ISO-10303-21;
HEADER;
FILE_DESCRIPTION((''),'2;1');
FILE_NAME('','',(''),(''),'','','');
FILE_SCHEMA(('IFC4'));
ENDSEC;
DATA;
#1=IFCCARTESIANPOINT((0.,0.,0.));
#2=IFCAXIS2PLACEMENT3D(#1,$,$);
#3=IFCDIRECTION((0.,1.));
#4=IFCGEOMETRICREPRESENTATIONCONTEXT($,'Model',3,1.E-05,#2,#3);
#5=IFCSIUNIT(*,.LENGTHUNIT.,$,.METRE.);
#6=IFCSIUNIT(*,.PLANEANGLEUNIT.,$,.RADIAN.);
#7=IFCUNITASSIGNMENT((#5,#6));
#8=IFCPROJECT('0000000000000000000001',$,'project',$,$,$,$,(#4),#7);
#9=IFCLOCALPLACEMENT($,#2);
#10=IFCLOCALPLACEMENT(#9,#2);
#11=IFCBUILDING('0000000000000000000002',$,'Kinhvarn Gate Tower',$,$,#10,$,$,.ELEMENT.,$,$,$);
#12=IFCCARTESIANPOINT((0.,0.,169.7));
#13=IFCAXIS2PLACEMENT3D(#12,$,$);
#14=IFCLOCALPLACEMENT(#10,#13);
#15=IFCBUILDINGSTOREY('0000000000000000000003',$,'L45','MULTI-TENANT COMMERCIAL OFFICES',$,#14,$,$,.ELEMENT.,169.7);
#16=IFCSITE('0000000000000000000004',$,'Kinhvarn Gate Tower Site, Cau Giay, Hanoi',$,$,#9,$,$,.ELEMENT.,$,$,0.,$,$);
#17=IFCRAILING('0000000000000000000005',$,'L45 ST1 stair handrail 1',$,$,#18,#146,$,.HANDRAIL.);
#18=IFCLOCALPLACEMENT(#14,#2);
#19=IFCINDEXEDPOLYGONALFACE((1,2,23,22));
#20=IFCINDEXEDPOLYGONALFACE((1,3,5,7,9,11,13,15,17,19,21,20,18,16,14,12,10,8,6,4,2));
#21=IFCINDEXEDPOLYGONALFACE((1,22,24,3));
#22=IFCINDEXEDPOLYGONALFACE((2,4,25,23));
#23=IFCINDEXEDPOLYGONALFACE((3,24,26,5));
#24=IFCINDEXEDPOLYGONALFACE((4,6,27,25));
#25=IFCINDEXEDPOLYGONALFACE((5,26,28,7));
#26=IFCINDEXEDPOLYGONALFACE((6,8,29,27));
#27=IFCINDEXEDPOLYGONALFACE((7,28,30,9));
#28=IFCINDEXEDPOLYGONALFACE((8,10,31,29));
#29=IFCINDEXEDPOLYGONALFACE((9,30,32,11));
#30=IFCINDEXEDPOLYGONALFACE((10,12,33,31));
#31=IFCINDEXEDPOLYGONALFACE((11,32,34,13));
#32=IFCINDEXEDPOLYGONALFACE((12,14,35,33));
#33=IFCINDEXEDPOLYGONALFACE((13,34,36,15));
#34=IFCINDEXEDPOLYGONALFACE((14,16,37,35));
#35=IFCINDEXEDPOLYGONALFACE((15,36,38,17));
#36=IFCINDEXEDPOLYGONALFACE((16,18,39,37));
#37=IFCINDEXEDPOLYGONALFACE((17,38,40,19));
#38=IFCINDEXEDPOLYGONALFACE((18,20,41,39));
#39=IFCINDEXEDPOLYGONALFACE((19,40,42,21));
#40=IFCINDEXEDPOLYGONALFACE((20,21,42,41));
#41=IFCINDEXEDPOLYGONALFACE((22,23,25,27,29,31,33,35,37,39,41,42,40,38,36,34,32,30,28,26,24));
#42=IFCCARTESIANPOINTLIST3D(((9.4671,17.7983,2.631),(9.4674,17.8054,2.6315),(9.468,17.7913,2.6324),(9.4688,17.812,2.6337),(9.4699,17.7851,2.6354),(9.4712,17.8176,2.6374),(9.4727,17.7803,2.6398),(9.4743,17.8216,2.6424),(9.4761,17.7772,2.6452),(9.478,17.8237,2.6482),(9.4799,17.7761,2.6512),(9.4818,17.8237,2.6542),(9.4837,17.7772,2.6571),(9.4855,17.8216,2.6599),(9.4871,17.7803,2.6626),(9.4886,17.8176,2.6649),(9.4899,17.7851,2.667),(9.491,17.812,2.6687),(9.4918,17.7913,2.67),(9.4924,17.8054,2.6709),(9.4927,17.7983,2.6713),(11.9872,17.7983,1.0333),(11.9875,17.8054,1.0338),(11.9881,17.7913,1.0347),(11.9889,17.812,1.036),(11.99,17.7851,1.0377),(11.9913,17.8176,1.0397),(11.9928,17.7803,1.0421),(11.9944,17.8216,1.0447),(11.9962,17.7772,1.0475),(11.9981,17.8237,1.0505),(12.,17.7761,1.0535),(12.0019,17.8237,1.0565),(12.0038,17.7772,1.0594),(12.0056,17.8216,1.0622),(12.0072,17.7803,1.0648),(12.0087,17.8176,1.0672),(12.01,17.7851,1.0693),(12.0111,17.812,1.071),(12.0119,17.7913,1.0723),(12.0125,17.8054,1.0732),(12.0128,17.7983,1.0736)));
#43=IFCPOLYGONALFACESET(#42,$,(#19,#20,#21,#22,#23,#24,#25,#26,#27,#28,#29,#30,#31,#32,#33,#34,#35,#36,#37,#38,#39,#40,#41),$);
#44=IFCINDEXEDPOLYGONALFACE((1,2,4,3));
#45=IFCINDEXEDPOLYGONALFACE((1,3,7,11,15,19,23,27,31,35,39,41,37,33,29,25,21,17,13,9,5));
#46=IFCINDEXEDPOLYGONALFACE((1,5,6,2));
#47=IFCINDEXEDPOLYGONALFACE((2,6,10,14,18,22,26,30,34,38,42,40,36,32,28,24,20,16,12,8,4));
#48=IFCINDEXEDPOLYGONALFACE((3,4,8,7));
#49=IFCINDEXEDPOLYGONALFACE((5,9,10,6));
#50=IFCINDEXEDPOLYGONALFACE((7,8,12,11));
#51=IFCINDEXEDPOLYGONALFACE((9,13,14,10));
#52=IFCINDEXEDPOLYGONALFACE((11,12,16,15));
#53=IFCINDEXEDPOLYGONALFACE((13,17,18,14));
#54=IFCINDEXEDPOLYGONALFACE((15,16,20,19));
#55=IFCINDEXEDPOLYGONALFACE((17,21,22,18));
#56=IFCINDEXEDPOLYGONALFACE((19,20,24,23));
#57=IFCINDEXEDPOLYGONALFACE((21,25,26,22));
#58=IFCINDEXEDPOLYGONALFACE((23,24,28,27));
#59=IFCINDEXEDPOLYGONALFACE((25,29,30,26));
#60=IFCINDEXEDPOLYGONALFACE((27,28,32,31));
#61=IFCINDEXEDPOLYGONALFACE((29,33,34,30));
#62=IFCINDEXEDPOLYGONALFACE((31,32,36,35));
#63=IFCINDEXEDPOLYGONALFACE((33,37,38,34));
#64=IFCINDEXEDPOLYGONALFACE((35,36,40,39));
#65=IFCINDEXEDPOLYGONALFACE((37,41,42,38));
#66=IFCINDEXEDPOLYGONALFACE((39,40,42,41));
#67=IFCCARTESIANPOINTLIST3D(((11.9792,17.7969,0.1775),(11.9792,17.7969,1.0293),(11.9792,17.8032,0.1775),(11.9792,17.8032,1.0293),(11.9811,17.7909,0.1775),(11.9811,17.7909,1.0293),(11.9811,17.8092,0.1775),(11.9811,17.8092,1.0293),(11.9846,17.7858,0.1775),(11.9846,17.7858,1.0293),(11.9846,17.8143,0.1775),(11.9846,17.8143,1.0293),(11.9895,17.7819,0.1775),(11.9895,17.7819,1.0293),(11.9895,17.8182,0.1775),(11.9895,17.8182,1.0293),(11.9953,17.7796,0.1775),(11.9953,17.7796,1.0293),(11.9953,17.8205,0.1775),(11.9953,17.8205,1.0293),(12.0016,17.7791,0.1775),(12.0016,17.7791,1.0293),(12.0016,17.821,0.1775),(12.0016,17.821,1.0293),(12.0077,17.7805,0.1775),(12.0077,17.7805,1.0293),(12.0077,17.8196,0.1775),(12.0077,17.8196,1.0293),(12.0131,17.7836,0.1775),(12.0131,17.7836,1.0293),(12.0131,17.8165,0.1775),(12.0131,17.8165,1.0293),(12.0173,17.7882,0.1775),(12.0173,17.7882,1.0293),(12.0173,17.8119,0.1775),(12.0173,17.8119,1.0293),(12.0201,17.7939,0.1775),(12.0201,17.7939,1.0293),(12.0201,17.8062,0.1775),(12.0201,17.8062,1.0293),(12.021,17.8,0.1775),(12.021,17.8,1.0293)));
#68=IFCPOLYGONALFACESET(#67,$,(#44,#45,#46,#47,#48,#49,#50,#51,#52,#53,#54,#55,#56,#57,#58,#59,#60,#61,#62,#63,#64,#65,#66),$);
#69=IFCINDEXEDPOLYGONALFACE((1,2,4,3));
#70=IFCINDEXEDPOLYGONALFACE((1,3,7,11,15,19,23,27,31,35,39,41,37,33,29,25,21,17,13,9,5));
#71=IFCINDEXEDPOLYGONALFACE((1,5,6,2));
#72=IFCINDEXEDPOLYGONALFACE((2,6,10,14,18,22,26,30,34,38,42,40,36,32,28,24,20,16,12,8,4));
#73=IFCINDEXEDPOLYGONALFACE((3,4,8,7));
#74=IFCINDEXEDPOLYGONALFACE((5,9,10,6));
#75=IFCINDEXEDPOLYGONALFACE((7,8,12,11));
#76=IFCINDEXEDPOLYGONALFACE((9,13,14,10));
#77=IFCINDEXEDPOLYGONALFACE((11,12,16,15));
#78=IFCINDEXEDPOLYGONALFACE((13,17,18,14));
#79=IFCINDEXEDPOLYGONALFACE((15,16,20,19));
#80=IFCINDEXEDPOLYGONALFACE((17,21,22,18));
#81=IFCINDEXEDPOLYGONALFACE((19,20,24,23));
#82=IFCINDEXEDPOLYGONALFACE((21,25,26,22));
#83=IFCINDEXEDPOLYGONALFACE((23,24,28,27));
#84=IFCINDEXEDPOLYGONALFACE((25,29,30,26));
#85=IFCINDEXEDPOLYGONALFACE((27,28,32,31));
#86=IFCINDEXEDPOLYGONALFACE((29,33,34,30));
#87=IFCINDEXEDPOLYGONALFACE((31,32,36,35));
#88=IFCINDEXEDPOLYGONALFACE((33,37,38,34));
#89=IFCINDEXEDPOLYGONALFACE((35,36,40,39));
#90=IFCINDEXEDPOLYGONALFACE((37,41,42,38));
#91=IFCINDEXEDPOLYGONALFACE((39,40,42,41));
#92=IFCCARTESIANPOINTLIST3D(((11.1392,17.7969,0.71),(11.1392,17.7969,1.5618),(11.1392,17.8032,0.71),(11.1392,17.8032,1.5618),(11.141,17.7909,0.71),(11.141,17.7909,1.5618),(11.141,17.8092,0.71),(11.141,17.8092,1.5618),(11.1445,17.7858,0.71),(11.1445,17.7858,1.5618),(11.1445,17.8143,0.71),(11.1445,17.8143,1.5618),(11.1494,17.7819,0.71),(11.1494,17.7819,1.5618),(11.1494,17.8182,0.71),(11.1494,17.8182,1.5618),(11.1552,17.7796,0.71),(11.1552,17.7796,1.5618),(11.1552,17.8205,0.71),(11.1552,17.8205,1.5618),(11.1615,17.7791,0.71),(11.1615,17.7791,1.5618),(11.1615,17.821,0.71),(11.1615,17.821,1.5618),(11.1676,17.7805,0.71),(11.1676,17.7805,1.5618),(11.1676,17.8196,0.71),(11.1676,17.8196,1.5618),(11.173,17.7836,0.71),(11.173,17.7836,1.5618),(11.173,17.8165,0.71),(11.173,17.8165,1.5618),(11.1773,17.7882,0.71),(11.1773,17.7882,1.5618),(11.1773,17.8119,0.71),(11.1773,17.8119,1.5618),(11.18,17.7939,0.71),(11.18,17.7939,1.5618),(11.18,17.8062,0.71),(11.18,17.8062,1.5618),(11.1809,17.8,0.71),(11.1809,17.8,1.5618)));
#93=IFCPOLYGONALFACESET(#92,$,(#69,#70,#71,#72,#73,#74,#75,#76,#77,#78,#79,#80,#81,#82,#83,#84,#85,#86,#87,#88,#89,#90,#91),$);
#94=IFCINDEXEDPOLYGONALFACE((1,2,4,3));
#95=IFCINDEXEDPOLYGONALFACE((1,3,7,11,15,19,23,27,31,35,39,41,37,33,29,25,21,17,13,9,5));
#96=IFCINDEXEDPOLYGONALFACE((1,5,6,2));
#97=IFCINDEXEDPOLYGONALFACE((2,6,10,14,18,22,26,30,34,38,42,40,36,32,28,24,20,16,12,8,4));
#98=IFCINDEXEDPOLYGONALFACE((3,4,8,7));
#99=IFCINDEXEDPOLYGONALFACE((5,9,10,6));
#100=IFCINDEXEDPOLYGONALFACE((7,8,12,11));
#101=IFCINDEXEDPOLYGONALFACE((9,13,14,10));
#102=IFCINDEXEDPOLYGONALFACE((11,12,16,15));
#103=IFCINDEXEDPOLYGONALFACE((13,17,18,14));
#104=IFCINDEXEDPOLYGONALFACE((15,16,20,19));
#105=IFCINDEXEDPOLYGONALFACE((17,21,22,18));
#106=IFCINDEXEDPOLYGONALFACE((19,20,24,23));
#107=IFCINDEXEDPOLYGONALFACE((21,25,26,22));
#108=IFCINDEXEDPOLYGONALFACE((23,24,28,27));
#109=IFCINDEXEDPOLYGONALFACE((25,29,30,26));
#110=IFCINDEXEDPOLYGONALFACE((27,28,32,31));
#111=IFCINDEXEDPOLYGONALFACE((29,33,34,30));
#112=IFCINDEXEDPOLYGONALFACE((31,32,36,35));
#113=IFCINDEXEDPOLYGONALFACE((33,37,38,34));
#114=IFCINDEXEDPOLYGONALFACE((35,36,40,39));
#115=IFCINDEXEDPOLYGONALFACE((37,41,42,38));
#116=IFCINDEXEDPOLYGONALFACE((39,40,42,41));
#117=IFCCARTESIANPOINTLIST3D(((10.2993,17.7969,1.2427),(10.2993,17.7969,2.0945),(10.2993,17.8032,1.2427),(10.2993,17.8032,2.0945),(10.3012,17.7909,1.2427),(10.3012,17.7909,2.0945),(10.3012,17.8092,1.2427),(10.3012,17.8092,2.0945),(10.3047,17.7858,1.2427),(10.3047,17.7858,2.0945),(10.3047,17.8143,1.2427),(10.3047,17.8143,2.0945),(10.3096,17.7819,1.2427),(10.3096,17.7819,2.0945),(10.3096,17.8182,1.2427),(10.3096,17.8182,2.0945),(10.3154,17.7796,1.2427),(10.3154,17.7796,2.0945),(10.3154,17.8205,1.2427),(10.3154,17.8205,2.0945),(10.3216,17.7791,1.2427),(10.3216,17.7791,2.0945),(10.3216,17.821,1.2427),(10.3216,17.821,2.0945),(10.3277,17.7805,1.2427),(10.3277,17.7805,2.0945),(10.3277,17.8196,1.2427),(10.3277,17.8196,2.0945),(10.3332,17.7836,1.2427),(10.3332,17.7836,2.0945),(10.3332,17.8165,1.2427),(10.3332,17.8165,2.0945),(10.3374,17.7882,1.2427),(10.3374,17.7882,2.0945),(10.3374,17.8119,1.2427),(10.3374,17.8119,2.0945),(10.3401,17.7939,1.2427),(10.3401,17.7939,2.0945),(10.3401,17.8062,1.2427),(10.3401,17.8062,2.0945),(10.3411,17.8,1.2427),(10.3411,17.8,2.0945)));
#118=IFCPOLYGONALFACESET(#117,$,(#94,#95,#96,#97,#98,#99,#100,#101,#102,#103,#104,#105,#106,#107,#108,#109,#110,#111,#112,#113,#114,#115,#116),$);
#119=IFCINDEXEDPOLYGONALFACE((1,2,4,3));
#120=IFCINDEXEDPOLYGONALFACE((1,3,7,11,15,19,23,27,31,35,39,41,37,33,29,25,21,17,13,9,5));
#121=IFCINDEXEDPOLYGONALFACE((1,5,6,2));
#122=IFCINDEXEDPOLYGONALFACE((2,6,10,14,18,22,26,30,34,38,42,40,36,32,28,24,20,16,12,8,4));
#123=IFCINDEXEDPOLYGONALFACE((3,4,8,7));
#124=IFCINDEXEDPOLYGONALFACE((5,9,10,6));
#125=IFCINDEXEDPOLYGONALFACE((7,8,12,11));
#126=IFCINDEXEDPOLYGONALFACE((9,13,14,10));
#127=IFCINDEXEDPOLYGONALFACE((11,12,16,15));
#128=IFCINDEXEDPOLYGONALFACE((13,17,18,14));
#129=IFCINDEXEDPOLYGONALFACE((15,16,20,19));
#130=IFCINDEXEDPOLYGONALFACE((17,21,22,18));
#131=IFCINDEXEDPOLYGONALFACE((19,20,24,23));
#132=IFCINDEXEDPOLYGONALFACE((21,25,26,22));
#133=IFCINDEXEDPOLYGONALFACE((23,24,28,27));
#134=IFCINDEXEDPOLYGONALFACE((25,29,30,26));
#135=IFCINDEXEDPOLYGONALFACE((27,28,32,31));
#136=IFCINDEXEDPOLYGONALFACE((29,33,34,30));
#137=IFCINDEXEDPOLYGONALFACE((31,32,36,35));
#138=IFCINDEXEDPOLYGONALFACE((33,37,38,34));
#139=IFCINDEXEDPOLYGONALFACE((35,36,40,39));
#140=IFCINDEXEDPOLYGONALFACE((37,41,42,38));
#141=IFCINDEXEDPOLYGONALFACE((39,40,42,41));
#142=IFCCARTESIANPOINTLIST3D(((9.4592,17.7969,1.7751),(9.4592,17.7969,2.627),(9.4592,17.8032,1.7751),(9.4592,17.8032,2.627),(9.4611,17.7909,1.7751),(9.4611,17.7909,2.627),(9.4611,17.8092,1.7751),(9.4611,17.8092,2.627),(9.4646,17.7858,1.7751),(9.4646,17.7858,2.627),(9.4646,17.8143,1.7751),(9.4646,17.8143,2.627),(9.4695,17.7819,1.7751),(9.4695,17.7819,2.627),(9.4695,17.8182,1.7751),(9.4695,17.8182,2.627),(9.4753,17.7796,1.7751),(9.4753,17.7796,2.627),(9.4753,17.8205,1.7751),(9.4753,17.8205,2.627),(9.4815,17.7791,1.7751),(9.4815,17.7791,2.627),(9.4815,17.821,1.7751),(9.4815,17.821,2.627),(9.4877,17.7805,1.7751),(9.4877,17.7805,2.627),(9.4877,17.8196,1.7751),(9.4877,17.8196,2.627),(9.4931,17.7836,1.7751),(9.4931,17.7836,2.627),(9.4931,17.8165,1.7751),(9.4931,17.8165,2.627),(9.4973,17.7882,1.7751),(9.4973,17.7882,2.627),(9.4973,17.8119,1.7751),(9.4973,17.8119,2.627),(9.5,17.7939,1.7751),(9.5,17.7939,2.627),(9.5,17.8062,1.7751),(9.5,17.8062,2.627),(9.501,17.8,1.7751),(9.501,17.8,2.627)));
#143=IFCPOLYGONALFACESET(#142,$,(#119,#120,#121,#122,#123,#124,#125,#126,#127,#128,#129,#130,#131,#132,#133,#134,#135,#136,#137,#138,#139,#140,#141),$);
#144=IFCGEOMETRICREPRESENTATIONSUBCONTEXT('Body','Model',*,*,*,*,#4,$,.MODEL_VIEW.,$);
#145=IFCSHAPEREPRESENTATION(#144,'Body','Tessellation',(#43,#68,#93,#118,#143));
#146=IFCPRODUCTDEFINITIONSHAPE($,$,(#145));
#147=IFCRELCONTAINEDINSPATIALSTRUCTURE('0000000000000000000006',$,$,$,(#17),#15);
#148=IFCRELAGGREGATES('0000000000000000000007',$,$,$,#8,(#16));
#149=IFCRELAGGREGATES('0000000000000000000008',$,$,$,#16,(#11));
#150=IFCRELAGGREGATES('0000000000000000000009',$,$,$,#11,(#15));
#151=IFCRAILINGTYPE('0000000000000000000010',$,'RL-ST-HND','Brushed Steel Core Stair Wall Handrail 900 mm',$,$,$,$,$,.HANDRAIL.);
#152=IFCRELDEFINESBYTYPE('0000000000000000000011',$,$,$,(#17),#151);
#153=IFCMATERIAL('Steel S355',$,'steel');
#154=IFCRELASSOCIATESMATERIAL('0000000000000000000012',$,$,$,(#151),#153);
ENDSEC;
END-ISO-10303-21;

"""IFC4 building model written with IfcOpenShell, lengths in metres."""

from ifc_helpers import new_model, si_unit, direction, frame, origin, origin_2d, place, context, subcontext, project, spatial, circle, extrude, material, type_object, element, save


model = new_model("IFC4")

# Units and contexts
model_context = context("Model", 3, precision=1e-05, world=origin(), true_north=direction((0.0, 1.0)))
body_context = subcontext(model_context, "Body", "Model", "MODEL_VIEW")
ifc_project = project(units=[si_unit("LENGTHUNIT", "METRE"), si_unit("PLANEANGLEUNIT", "RADIAN")], contexts=[model_context])

# Site, building, storey
site_placement = place(None, origin())
site = spatial("IfcSite", under=ifc_project, at=site_placement, Name="Kinhvarn Gate Tower Site, Cau Giay, Hanoi", CompositionType="ELEMENT", RefElevation=0.0)
building_placement = place(site_placement, origin())
building = spatial("IfcBuilding", under=site, at=building_placement, Name="Kinhvarn Gate Tower", CompositionType="ELEMENT")
storey_placement = place(building_placement, frame((0.0, 0.0, 169.7)))
storey = spatial("IfcBuildingStorey", under=building, at=storey_placement, Name="L45", Description="MULTI-TENANT COMMERCIAL OFFICES", CompositionType="ELEMENT", Elevation=169.7)

# Shared definitions
ifc_material_1 = material(Name="Steel S355", Category="steel")

# Railing
railing_type_1 = type_object("IfcRailingType", Name="RL-ST-HND", Description="Brushed Steel Core Stair Wall Handrail 900 mm", PredefinedType="HANDRAIL", material=ifc_material_1)
railing_1_placement = place(storey_placement, frame((12.0, 17.8, 0.1775)))
element("IfcRailing", 1, at=railing_1_placement, inside=storey, type_object=railing_type_1, Name="L45 ST1 stair handrail 1", PredefinedType="HANDRAIL", context=body_context, shape_type="SweptSolid", body=[
    extrude(circle(Radius=0.0239, at=origin_2d()), frame((0.0, 0.0, 0.876), z_axis=(-0.84457, 0.0, 0.535445), x_axis=(0.0, -1.0, 0.0)), (0.0, 0.0, 1.0), 2.9839),
    extrude(circle(Radius=0.021, at=origin_2d()), origin(), (0.0, 0.0, 1.0), 0.8518),
    extrude(circle(Radius=0.021, at=origin_2d()), frame((-0.8401, 0.0, 0.5325)), (0.0, 0.0, 1.0), 0.8518),
    extrude(circle(Radius=0.021, at=origin_2d()), frame((-1.6799, 0.0, 1.0652)), (0.0, 0.0, 1.0), 0.8518),
    extrude(circle(Radius=0.021, at=origin_2d()), frame((-2.52, 0.0, 1.5977)), (0.0, 0.0, 1.0), 0.8518),
])

save(model, "model.ifc")
